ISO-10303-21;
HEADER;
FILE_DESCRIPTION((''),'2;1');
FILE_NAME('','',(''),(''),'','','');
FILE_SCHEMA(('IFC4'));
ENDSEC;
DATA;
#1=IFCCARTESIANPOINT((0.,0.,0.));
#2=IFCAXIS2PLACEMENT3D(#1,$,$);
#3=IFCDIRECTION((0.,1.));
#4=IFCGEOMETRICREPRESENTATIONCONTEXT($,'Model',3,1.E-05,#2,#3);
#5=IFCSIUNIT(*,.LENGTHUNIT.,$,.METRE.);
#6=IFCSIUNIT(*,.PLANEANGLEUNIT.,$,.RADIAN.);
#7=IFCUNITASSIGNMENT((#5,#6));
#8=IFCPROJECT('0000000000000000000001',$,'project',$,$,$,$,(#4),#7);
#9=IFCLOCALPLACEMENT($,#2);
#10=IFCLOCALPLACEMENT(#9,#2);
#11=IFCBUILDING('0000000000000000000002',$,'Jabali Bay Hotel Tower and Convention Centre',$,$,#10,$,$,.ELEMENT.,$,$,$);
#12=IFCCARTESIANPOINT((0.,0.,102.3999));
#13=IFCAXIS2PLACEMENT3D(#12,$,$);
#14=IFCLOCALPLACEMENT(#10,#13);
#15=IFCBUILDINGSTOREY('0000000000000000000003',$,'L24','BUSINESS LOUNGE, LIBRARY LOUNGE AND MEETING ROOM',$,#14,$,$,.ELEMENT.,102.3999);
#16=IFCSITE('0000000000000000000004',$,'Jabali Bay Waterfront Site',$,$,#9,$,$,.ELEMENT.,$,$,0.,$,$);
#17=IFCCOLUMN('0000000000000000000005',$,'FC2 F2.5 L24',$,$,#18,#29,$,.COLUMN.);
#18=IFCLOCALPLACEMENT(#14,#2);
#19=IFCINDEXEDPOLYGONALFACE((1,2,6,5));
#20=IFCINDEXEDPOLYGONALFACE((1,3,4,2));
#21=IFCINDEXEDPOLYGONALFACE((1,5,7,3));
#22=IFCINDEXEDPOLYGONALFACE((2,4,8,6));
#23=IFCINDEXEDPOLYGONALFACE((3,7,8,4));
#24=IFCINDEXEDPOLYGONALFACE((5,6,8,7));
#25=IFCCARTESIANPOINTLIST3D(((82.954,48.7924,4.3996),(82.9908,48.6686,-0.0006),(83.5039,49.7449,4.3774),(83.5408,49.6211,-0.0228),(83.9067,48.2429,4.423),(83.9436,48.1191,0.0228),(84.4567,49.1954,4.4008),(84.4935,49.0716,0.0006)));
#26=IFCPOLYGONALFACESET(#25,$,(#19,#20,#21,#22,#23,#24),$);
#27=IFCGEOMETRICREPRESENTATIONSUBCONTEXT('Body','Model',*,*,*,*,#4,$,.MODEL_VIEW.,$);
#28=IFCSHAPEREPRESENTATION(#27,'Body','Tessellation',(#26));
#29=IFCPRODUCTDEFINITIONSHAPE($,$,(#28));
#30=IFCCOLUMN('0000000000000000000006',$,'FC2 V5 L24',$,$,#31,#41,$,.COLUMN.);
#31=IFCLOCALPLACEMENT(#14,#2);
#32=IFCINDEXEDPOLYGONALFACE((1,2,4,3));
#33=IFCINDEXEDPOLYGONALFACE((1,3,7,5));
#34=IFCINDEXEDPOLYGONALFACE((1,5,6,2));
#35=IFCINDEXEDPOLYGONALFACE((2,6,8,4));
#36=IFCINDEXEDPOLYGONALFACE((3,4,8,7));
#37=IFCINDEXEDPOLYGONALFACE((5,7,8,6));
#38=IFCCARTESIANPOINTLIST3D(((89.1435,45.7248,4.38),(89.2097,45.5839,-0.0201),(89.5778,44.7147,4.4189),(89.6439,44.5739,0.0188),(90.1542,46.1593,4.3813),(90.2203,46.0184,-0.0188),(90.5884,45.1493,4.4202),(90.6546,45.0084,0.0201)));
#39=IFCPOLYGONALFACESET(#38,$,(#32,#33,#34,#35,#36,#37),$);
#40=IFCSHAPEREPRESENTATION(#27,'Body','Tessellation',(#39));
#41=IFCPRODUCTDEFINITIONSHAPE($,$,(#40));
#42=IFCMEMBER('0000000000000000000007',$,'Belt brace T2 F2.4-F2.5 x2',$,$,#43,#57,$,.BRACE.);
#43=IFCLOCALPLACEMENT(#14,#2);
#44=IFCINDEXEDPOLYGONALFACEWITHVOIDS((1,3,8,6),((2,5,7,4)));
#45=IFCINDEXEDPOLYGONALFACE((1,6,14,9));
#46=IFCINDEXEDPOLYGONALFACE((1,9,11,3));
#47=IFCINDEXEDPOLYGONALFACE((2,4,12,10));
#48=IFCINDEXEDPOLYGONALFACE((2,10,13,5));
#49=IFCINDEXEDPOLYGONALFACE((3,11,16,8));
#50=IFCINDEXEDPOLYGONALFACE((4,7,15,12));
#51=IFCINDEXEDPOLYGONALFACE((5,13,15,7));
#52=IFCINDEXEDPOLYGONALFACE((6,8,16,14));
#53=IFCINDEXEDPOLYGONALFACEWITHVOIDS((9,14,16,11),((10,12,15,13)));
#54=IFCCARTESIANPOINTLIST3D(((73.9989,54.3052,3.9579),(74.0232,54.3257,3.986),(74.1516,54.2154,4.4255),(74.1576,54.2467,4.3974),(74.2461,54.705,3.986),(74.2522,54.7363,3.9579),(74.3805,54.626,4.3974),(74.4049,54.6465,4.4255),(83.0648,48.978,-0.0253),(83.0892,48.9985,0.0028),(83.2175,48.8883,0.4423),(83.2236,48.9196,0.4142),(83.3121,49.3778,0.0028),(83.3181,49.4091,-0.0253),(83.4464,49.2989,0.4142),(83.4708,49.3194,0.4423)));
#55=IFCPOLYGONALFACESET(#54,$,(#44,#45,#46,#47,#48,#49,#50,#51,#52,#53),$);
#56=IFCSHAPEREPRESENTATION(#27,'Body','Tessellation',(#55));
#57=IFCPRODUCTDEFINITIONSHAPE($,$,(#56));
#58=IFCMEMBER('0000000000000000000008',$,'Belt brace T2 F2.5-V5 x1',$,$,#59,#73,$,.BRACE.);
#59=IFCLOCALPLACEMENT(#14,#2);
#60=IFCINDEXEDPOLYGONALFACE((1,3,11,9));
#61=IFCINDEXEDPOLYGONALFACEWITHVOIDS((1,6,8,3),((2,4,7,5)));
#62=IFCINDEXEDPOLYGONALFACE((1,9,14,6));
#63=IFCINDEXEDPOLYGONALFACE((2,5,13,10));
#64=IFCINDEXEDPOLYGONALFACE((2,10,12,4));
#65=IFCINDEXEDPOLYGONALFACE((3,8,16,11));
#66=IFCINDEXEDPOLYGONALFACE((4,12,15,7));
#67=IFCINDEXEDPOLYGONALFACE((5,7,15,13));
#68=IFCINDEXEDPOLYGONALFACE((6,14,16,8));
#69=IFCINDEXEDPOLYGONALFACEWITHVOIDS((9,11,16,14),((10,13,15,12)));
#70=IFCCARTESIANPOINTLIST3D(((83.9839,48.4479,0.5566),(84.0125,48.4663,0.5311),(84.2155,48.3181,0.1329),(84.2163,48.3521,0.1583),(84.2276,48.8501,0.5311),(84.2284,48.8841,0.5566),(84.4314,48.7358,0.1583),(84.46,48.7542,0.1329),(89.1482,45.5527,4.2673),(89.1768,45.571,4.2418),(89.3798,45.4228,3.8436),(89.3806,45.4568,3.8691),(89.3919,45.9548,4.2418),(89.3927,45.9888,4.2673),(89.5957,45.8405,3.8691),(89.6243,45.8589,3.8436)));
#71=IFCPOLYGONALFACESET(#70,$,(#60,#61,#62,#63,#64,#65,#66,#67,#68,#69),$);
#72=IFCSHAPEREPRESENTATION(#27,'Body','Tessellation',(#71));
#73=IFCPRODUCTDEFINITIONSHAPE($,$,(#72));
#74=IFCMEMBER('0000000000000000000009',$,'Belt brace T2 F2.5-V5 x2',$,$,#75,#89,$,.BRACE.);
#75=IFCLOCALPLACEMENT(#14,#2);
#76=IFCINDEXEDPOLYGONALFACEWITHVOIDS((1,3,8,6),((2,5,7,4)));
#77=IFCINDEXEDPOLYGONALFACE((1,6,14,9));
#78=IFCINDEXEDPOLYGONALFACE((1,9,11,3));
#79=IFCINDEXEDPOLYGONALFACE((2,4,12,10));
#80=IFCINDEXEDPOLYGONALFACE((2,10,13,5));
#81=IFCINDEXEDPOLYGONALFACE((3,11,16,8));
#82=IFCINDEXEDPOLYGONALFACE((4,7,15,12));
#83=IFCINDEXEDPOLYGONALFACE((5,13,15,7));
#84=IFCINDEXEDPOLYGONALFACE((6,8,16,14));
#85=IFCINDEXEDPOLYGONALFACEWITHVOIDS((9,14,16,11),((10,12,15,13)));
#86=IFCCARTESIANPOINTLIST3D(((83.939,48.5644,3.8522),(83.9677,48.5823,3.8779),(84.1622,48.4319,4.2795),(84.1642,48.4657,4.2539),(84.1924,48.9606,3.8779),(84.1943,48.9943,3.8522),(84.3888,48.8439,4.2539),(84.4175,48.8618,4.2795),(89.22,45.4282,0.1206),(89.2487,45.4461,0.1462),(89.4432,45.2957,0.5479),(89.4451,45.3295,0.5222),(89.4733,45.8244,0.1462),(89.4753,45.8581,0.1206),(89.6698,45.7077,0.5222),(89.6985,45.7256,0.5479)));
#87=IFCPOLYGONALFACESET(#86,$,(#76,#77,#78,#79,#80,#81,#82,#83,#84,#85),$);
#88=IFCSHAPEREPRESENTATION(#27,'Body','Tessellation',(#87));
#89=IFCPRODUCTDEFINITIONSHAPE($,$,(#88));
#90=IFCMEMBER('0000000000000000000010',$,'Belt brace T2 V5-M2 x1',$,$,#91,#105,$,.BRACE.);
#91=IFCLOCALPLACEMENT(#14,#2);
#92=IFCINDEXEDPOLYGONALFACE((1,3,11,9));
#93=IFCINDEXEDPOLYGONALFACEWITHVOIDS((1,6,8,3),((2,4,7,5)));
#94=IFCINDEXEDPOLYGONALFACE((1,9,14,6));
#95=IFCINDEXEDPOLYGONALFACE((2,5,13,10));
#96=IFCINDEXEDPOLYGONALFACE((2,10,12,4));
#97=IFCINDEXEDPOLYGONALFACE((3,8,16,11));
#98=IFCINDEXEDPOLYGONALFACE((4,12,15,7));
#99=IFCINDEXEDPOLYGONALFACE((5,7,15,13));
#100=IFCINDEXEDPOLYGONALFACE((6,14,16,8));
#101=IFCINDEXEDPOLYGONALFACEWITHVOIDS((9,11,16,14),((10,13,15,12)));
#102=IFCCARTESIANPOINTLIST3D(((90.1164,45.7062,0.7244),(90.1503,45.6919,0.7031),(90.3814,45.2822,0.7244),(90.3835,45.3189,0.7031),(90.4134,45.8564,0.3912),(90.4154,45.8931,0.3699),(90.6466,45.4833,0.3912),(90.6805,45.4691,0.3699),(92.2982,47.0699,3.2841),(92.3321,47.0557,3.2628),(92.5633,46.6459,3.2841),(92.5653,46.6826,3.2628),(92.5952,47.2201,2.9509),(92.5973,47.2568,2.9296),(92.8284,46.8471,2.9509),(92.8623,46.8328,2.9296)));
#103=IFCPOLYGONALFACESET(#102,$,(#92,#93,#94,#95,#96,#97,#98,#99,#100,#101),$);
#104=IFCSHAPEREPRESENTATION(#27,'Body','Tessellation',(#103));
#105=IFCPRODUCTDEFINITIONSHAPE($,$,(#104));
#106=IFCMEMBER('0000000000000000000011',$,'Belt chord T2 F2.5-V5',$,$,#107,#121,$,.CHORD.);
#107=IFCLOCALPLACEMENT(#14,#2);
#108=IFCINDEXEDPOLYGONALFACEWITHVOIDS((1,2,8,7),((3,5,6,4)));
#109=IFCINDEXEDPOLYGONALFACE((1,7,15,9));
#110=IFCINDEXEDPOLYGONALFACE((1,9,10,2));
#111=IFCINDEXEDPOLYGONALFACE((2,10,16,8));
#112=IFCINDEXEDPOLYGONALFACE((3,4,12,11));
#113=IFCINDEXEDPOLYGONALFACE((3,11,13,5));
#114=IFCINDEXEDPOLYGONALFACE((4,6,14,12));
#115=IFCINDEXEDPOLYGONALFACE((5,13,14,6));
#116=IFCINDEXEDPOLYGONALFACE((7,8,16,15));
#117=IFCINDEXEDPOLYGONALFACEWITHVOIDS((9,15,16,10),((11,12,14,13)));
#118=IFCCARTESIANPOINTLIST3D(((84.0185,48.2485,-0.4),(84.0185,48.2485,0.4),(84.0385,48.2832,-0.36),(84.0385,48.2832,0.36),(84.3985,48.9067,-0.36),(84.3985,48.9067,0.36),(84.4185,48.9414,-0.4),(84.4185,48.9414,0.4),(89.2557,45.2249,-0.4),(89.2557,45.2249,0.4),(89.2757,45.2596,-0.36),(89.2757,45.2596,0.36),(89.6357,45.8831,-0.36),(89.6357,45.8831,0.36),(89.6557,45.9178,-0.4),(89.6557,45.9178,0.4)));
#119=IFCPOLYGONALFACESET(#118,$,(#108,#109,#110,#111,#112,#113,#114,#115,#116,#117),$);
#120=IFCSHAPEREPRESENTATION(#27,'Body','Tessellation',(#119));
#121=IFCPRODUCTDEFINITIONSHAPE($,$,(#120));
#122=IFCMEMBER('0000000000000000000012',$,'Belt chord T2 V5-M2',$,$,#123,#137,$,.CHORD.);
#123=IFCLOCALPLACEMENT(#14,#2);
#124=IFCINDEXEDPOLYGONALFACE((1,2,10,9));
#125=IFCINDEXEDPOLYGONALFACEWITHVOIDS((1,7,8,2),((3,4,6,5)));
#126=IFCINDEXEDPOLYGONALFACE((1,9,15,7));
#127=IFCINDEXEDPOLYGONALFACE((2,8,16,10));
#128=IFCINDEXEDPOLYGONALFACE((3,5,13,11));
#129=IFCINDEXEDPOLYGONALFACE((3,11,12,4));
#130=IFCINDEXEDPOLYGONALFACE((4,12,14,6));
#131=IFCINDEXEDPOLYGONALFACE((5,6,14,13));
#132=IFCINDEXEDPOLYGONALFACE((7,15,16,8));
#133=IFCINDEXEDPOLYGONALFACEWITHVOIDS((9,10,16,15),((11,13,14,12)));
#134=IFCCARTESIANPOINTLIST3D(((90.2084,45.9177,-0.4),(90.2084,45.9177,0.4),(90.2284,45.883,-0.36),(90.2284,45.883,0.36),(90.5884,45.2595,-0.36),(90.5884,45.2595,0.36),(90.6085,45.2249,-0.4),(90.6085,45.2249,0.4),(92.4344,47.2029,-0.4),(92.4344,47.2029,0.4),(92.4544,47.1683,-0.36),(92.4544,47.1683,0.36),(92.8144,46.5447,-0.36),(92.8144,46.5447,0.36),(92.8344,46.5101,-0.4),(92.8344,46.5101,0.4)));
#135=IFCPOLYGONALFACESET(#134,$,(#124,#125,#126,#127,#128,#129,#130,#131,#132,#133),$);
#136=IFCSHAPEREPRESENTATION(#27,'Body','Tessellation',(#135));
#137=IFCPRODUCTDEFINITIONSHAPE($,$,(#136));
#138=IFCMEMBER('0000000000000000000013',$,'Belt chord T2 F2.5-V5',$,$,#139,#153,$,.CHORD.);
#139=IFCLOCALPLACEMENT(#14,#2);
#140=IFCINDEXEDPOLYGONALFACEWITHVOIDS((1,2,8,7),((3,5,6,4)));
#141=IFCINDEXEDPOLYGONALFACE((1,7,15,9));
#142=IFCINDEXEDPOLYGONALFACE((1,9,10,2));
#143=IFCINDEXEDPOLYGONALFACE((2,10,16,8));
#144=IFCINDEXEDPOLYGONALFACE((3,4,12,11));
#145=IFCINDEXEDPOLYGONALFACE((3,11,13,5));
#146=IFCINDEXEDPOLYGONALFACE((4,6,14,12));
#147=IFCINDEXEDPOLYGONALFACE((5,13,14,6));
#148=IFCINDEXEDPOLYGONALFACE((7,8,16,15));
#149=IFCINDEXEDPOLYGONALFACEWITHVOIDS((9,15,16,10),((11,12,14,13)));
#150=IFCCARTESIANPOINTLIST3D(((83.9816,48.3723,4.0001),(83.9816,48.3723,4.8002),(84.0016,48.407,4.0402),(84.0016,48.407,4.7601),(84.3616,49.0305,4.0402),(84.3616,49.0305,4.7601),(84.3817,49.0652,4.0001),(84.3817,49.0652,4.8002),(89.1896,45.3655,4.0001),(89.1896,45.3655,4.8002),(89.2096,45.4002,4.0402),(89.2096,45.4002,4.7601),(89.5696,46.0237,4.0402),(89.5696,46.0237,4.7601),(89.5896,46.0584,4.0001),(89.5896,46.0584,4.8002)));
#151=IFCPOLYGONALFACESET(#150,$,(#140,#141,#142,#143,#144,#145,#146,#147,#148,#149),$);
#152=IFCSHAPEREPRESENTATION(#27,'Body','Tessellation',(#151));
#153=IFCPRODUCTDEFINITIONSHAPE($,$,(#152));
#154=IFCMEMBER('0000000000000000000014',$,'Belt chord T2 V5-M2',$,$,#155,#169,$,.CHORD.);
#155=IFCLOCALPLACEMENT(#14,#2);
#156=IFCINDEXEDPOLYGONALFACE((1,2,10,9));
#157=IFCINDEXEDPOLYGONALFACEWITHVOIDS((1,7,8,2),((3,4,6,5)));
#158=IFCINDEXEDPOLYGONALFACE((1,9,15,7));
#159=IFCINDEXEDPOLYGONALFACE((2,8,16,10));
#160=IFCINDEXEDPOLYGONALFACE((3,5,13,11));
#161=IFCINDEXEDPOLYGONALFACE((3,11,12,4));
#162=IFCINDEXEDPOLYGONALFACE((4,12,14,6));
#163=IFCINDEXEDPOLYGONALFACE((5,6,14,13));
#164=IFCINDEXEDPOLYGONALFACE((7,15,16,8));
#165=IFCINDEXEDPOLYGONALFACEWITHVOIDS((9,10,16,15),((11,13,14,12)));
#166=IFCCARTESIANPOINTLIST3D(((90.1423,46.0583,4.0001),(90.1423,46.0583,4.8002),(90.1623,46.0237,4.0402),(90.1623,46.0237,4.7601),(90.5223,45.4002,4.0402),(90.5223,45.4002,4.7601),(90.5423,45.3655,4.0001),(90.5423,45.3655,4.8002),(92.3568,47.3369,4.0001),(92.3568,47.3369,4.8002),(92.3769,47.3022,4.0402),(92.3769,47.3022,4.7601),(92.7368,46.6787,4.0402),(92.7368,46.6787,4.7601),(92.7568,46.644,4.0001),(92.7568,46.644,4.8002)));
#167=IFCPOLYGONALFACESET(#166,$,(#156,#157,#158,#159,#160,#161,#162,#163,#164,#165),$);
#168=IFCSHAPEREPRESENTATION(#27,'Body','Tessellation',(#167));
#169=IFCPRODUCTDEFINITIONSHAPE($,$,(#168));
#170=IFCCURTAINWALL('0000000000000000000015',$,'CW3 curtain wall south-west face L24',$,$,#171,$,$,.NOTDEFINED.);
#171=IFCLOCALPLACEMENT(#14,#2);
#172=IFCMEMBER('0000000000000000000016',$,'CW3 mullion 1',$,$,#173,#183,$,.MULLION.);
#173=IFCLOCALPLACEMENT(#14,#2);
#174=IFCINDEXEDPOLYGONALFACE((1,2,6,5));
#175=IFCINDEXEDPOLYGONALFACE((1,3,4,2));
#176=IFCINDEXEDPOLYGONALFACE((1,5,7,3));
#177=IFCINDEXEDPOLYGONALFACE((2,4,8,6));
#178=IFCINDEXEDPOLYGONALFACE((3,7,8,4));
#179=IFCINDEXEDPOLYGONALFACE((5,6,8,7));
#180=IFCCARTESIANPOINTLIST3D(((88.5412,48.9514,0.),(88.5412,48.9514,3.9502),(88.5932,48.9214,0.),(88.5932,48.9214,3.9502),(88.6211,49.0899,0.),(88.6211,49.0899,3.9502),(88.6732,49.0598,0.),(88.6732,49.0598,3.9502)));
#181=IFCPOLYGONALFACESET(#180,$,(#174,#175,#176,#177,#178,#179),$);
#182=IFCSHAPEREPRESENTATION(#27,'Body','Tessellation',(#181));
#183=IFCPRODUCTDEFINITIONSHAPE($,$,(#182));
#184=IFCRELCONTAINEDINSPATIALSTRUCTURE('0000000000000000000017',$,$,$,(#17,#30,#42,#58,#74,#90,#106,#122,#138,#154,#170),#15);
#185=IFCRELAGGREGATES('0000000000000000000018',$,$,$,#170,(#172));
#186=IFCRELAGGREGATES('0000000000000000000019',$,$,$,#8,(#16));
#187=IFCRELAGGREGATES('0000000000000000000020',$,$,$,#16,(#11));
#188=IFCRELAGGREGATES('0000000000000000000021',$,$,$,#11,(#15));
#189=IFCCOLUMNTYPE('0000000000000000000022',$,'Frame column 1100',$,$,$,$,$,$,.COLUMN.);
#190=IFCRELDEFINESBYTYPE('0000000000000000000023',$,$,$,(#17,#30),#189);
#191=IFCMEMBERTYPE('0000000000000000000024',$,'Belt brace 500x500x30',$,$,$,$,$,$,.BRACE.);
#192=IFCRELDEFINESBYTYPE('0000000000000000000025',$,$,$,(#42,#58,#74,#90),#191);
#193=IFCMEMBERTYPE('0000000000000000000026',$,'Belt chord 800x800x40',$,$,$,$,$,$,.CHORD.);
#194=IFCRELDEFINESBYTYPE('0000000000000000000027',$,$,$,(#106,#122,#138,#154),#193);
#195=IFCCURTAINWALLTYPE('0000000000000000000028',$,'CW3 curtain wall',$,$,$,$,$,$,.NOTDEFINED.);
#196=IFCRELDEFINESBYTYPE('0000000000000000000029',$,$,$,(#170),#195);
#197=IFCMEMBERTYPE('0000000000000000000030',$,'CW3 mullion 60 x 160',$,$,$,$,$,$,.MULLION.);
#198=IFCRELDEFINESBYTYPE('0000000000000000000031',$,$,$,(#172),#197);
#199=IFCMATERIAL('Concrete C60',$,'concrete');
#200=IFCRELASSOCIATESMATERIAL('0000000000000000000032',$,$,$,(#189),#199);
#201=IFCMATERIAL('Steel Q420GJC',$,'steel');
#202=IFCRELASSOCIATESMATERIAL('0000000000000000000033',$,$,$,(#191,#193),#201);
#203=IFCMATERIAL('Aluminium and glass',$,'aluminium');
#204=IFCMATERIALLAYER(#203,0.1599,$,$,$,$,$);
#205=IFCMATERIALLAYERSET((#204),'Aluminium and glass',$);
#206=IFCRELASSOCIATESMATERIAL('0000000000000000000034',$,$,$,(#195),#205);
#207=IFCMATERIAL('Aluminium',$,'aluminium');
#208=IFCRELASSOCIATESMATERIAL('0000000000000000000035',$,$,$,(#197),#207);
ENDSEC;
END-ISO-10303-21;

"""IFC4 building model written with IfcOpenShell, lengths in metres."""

from ifc_helpers import new_model, si_unit, direction, frame, origin, origin_2d, place, context, subcontext, project, spatial, rectangle, hollow_rectangle, extrude, material, layer, layer_set, material_profile, profile_set, type_object, element, aggregate, save


model = new_model("IFC4")

# Units and contexts
model_context = context("Model", 3, precision=1e-05, world=origin(), true_north=direction((0.0, 1.0)))
body_context = subcontext(model_context, "Body", "Model", "MODEL_VIEW")
ifc_project = project(units=[si_unit("LENGTHUNIT", "METRE"), si_unit("PLANEANGLEUNIT", "RADIAN")], contexts=[model_context])

# Site, building, storey
site_placement = place(None, origin())
site = spatial("IfcSite", under=ifc_project, at=site_placement, Name="Jabali Bay Waterfront Site", CompositionType="ELEMENT", RefElevation=0.0)
building_placement = place(site_placement, origin())
building = spatial("IfcBuilding", under=site, at=building_placement, Name="Jabali Bay Hotel Tower and Convention Centre", CompositionType="ELEMENT")
storey_placement = place(building_placement, frame((0.0, 0.0, 102.3999)))
storey = spatial("IfcBuildingStorey", under=building, at=storey_placement, Name="L24", Description="BUSINESS LOUNGE, LIBRARY LOUNGE AND MEETING ROOM", CompositionType="ELEMENT", Elevation=102.3999)

# Columns
ifc_material_1 = material(Name="Concrete C60", Category="concrete")
ifc_material_profile_1 = material_profile(ifc_material_1, rectangle(XDim=1.1001, YDim=1.1001, at=origin_2d()), Name="Frame column 1100")
ifc_profile_set_1 = profile_set([ifc_material_profile_1], Name="Concrete C60")
column_type = type_object("IfcColumnType", Name="Frame column 1100", PredefinedType="COLUMN", material=ifc_profile_set_1)
column_1_placement = place(storey_placement, frame((83.7422, 48.8701, 0.0), z_axis=(-0.008375, 0.028119, 0.99957), x_axis=(-0.499912, -0.865841, 0.020168)))
element("IfcColumn", 1, at=column_1_placement, inside=storey, type_object=column_type, Name="FC2 F2.5 L24", PredefinedType="COLUMN", context=body_context, shape_type="SweptSolid", body=[
    extrude(rectangle(XDim=1.1001, YDim=1.1001, at=origin_2d()), origin(), (0.0, 0.0, 1.0), 4.4021),
])
column_2_placement = place(storey_placement, frame((89.9321, 45.2961, 0.0), z_axis=(-0.015027, 0.031995, 0.999375), x_axis=(0.394717, -0.918123, 0.035328)))
element("IfcColumn", 2, at=column_2_placement, inside=storey, type_object=column_type, Name="FC2 V5 L24", PredefinedType="COLUMN", context=body_context, shape_type="SweptSolid", body=[
    extrude(rectangle(XDim=1.1001, YDim=1.1001, at=origin_2d()), origin(), (0.0, 0.0, 1.0), 4.4028),
])

# Members
ifc_material_2 = material(Name="Steel Q420GJC", Category="steel")
ifc_material_profile_2 = material_profile(ifc_material_2, hollow_rectangle(XDim=0.5, YDim=0.5, WallThickness=0.03, at=origin_2d()), Name="Belt brace 500x500x30")
ifc_profile_set_2 = profile_set([ifc_material_profile_2], Name="Steel Q420GJC")
member_type_1 = type_object("IfcMemberType", Name="Belt brace 500x500x30", PredefinedType="BRACE", material=ifc_profile_set_2)
member_1_placement = place(storey_placement, frame((83.2678, 49.1487, 0.2085), z_axis=(-0.806266, 0.473763, 0.354237), x_axis=(-0.506614, -0.862173, 0.0)))
element("IfcMember", 3, at=member_1_placement, inside=storey, type_object=member_type_1, Name="Belt brace T2 F2.4-F2.5 x2", PredefinedType="BRACE", context=body_context, shape_type="SweptSolid", body=[
    extrude(hollow_rectangle(XDim=0.5, YDim=0.5, WallThickness=0.03, at=origin_2d()), origin(), (0.0, 0.0, 1.0), 11.2444),
])
member_2_placement = place(storey_placement, frame((84.2219, 48.6011, 0.3447), z_axis=(0.739103, -0.414363, 0.531065), x_axis=(0.489021, 0.872272, 0.0)))
element("IfcMember", 4, at=member_2_placement, inside=storey, type_object=member_type_1, Name="Belt brace T2 F2.5-V5 x1", PredefinedType="BRACE", context=body_context, shape_type="SweptSolid", body=[
    extrude(hollow_rectangle(XDim=0.5, YDim=0.5, WallThickness=0.03, at=origin_2d()), origin(), (0.0, 0.0, 1.0), 6.9873),
])
member_3_placement = place(storey_placement, frame((89.4592, 45.5769, 0.3342), z_axis=(-0.734818, 0.436386, 0.51924), x_axis=(-0.510615, -0.859809, 0.0)))
element("IfcMember", 5, at=member_3_placement, inside=storey, type_object=member_type_1, Name="Belt brace T2 F2.5-V5 x2", PredefinedType="BRACE", context=body_context, shape_type="SweptSolid", body=[
    extrude(hollow_rectangle(XDim=0.5, YDim=0.5, WallThickness=0.03, at=origin_2d()), origin(), (0.0, 0.0, 1.0), 7.1868),
])
member_4_placement = place(storey_placement, frame((90.3984, 45.5876, 0.5471), z_axis=(0.601156, 0.375748, 0.705284), x_axis=(-0.530025, 0.847982, 0.0)))
element("IfcMember", 6, at=member_4_placement, inside=storey, type_object=member_type_1, Name="Belt brace T2 V5-M2 x1", PredefinedType="BRACE", context=body_context, shape_type="SweptSolid", body=[
    extrude(hollow_rectangle(XDim=0.5, YDim=0.5, WallThickness=0.03, at=origin_2d()), origin(), (0.0, 0.0, 1.0), 3.6294),
])
ifc_material_profile_3 = material_profile(ifc_material_2, hollow_rectangle(XDim=0.8, YDim=0.8, WallThickness=0.04, at=origin_2d()), Name="Belt chord 800x800x40")
ifc_profile_set_3 = profile_set([ifc_material_profile_3], Name="Steel Q420GJC")
member_type_2 = type_object("IfcMemberType", Name="Belt chord 800x800x40", PredefinedType="CHORD", material=ifc_profile_set_3)
member_5_placement = place(storey_placement, frame((84.2185, 48.595, 0.0), z_axis=(0.866031, -0.49999, 0.0), x_axis=(0.49999, 0.866031, 0.0)))
element("IfcMember", 7, at=member_5_placement, inside=storey, type_object=member_type_2, Name="Belt chord T2 F2.5-V5", PredefinedType="CHORD", context=body_context, shape_type="SweptSolid", body=[
    extrude(hollow_rectangle(XDim=0.8, YDim=0.8, WallThickness=0.04, at=origin_2d()), origin(), (0.0, 0.0, 1.0), 6.0474),
])
member_6_placement = place(storey_placement, frame((90.4084, 45.5713, 0.0), z_axis=(0.866013, 0.500021, 0.0), x_axis=(-0.500021, 0.866013, 0.0)))
element("IfcMember", 8, at=member_6_placement, inside=storey, type_object=member_type_2, Name="Belt chord T2 V5-M2", PredefinedType="CHORD", context=body_context, shape_type="SweptSolid", body=[
    extrude(hollow_rectangle(XDim=0.8, YDim=0.8, WallThickness=0.04, at=origin_2d()), origin(), (0.0, 0.0, 1.0), 2.5703),
])
member_7_placement = place(storey_placement, frame((84.1816, 48.7188, 4.4001), z_axis=(0.866026, -0.499999, 0.0), x_axis=(0.499999, 0.866026, 0.0)))
element("IfcMember", 9, at=member_7_placement, inside=storey, type_object=member_type_2, Name="Belt chord T2 F2.5-V5", PredefinedType="CHORD", context=body_context, shape_type="SweptSolid", body=[
    extrude(hollow_rectangle(XDim=0.8, YDim=0.8, WallThickness=0.04, at=origin_2d()), origin(), (0.0, 0.0, 1.0), 6.0137),
])
member_8_placement = place(storey_placement, frame((90.3423, 45.7119, 4.4001), z_axis=(0.866031, 0.49999, 0.0), x_axis=(-0.49999, 0.866031, 0.0)))
element("IfcMember", 10, at=member_8_placement, inside=storey, type_object=member_type_2, Name="Belt chord T2 V5-M2", PredefinedType="CHORD", context=body_context, shape_type="SweptSolid", body=[
    extrude(hollow_rectangle(XDim=0.8, YDim=0.8, WallThickness=0.04, at=origin_2d()), origin(), (0.0, 0.0, 1.0), 2.5571),
])

# Curtain wall, member
ifc_material_3 = material(Name="Aluminium and glass", Category="aluminium")
ifc_layer_1 = layer(ifc_material_3, 0.1599)
ifc_layer_set_1 = layer_set([ifc_layer_1], Name="Aluminium and glass")
curtain_wall_type = type_object("IfcCurtainWallType", Name="CW3 curtain wall", PredefinedType="NOTDEFINED", material=ifc_layer_set_1)
curtain_wall_placement = place(storey_placement, origin())
curtain_wall = element("IfcCurtainWall", 11, at=curtain_wall_placement, inside=storey, type_object=curtain_wall_type, Name="CW3 curtain wall south-west face L24", PredefinedType="NOTDEFINED")
ifc_material_4 = material(Name="Aluminium", Category="aluminium")
ifc_material_profile_4 = material_profile(ifc_material_4, rectangle(XDim=0.1599, YDim=0.0601, at=origin_2d()), Name="CW3 mullion 60 x 160")
ifc_profile_set_4 = profile_set([ifc_material_profile_4], Name="Aluminium")
member_type_3 = type_object("IfcMemberType", Name="CW3 mullion 60 x 160", PredefinedType="MULLION", material=ifc_profile_set_4)
member_9_placement = place(storey_placement, frame((88.6072, 49.0056, 0.0), z_axis=(0.0, 0.0, 1.0), x_axis=(-0.5, -0.866025, 0.0)))
member_9 = element("IfcMember", 12, at=member_9_placement, type_object=member_type_3, Name="CW3 mullion 1", PredefinedType="MULLION", context=body_context, shape_type="SweptSolid", body=[
    extrude(rectangle(XDim=0.1599, YDim=0.0601, at=origin_2d()), origin(), (0.0, 0.0, 1.0), 3.9502),
])

aggregate(curtain_wall, [member_9])

save(model, "model.ifc")
